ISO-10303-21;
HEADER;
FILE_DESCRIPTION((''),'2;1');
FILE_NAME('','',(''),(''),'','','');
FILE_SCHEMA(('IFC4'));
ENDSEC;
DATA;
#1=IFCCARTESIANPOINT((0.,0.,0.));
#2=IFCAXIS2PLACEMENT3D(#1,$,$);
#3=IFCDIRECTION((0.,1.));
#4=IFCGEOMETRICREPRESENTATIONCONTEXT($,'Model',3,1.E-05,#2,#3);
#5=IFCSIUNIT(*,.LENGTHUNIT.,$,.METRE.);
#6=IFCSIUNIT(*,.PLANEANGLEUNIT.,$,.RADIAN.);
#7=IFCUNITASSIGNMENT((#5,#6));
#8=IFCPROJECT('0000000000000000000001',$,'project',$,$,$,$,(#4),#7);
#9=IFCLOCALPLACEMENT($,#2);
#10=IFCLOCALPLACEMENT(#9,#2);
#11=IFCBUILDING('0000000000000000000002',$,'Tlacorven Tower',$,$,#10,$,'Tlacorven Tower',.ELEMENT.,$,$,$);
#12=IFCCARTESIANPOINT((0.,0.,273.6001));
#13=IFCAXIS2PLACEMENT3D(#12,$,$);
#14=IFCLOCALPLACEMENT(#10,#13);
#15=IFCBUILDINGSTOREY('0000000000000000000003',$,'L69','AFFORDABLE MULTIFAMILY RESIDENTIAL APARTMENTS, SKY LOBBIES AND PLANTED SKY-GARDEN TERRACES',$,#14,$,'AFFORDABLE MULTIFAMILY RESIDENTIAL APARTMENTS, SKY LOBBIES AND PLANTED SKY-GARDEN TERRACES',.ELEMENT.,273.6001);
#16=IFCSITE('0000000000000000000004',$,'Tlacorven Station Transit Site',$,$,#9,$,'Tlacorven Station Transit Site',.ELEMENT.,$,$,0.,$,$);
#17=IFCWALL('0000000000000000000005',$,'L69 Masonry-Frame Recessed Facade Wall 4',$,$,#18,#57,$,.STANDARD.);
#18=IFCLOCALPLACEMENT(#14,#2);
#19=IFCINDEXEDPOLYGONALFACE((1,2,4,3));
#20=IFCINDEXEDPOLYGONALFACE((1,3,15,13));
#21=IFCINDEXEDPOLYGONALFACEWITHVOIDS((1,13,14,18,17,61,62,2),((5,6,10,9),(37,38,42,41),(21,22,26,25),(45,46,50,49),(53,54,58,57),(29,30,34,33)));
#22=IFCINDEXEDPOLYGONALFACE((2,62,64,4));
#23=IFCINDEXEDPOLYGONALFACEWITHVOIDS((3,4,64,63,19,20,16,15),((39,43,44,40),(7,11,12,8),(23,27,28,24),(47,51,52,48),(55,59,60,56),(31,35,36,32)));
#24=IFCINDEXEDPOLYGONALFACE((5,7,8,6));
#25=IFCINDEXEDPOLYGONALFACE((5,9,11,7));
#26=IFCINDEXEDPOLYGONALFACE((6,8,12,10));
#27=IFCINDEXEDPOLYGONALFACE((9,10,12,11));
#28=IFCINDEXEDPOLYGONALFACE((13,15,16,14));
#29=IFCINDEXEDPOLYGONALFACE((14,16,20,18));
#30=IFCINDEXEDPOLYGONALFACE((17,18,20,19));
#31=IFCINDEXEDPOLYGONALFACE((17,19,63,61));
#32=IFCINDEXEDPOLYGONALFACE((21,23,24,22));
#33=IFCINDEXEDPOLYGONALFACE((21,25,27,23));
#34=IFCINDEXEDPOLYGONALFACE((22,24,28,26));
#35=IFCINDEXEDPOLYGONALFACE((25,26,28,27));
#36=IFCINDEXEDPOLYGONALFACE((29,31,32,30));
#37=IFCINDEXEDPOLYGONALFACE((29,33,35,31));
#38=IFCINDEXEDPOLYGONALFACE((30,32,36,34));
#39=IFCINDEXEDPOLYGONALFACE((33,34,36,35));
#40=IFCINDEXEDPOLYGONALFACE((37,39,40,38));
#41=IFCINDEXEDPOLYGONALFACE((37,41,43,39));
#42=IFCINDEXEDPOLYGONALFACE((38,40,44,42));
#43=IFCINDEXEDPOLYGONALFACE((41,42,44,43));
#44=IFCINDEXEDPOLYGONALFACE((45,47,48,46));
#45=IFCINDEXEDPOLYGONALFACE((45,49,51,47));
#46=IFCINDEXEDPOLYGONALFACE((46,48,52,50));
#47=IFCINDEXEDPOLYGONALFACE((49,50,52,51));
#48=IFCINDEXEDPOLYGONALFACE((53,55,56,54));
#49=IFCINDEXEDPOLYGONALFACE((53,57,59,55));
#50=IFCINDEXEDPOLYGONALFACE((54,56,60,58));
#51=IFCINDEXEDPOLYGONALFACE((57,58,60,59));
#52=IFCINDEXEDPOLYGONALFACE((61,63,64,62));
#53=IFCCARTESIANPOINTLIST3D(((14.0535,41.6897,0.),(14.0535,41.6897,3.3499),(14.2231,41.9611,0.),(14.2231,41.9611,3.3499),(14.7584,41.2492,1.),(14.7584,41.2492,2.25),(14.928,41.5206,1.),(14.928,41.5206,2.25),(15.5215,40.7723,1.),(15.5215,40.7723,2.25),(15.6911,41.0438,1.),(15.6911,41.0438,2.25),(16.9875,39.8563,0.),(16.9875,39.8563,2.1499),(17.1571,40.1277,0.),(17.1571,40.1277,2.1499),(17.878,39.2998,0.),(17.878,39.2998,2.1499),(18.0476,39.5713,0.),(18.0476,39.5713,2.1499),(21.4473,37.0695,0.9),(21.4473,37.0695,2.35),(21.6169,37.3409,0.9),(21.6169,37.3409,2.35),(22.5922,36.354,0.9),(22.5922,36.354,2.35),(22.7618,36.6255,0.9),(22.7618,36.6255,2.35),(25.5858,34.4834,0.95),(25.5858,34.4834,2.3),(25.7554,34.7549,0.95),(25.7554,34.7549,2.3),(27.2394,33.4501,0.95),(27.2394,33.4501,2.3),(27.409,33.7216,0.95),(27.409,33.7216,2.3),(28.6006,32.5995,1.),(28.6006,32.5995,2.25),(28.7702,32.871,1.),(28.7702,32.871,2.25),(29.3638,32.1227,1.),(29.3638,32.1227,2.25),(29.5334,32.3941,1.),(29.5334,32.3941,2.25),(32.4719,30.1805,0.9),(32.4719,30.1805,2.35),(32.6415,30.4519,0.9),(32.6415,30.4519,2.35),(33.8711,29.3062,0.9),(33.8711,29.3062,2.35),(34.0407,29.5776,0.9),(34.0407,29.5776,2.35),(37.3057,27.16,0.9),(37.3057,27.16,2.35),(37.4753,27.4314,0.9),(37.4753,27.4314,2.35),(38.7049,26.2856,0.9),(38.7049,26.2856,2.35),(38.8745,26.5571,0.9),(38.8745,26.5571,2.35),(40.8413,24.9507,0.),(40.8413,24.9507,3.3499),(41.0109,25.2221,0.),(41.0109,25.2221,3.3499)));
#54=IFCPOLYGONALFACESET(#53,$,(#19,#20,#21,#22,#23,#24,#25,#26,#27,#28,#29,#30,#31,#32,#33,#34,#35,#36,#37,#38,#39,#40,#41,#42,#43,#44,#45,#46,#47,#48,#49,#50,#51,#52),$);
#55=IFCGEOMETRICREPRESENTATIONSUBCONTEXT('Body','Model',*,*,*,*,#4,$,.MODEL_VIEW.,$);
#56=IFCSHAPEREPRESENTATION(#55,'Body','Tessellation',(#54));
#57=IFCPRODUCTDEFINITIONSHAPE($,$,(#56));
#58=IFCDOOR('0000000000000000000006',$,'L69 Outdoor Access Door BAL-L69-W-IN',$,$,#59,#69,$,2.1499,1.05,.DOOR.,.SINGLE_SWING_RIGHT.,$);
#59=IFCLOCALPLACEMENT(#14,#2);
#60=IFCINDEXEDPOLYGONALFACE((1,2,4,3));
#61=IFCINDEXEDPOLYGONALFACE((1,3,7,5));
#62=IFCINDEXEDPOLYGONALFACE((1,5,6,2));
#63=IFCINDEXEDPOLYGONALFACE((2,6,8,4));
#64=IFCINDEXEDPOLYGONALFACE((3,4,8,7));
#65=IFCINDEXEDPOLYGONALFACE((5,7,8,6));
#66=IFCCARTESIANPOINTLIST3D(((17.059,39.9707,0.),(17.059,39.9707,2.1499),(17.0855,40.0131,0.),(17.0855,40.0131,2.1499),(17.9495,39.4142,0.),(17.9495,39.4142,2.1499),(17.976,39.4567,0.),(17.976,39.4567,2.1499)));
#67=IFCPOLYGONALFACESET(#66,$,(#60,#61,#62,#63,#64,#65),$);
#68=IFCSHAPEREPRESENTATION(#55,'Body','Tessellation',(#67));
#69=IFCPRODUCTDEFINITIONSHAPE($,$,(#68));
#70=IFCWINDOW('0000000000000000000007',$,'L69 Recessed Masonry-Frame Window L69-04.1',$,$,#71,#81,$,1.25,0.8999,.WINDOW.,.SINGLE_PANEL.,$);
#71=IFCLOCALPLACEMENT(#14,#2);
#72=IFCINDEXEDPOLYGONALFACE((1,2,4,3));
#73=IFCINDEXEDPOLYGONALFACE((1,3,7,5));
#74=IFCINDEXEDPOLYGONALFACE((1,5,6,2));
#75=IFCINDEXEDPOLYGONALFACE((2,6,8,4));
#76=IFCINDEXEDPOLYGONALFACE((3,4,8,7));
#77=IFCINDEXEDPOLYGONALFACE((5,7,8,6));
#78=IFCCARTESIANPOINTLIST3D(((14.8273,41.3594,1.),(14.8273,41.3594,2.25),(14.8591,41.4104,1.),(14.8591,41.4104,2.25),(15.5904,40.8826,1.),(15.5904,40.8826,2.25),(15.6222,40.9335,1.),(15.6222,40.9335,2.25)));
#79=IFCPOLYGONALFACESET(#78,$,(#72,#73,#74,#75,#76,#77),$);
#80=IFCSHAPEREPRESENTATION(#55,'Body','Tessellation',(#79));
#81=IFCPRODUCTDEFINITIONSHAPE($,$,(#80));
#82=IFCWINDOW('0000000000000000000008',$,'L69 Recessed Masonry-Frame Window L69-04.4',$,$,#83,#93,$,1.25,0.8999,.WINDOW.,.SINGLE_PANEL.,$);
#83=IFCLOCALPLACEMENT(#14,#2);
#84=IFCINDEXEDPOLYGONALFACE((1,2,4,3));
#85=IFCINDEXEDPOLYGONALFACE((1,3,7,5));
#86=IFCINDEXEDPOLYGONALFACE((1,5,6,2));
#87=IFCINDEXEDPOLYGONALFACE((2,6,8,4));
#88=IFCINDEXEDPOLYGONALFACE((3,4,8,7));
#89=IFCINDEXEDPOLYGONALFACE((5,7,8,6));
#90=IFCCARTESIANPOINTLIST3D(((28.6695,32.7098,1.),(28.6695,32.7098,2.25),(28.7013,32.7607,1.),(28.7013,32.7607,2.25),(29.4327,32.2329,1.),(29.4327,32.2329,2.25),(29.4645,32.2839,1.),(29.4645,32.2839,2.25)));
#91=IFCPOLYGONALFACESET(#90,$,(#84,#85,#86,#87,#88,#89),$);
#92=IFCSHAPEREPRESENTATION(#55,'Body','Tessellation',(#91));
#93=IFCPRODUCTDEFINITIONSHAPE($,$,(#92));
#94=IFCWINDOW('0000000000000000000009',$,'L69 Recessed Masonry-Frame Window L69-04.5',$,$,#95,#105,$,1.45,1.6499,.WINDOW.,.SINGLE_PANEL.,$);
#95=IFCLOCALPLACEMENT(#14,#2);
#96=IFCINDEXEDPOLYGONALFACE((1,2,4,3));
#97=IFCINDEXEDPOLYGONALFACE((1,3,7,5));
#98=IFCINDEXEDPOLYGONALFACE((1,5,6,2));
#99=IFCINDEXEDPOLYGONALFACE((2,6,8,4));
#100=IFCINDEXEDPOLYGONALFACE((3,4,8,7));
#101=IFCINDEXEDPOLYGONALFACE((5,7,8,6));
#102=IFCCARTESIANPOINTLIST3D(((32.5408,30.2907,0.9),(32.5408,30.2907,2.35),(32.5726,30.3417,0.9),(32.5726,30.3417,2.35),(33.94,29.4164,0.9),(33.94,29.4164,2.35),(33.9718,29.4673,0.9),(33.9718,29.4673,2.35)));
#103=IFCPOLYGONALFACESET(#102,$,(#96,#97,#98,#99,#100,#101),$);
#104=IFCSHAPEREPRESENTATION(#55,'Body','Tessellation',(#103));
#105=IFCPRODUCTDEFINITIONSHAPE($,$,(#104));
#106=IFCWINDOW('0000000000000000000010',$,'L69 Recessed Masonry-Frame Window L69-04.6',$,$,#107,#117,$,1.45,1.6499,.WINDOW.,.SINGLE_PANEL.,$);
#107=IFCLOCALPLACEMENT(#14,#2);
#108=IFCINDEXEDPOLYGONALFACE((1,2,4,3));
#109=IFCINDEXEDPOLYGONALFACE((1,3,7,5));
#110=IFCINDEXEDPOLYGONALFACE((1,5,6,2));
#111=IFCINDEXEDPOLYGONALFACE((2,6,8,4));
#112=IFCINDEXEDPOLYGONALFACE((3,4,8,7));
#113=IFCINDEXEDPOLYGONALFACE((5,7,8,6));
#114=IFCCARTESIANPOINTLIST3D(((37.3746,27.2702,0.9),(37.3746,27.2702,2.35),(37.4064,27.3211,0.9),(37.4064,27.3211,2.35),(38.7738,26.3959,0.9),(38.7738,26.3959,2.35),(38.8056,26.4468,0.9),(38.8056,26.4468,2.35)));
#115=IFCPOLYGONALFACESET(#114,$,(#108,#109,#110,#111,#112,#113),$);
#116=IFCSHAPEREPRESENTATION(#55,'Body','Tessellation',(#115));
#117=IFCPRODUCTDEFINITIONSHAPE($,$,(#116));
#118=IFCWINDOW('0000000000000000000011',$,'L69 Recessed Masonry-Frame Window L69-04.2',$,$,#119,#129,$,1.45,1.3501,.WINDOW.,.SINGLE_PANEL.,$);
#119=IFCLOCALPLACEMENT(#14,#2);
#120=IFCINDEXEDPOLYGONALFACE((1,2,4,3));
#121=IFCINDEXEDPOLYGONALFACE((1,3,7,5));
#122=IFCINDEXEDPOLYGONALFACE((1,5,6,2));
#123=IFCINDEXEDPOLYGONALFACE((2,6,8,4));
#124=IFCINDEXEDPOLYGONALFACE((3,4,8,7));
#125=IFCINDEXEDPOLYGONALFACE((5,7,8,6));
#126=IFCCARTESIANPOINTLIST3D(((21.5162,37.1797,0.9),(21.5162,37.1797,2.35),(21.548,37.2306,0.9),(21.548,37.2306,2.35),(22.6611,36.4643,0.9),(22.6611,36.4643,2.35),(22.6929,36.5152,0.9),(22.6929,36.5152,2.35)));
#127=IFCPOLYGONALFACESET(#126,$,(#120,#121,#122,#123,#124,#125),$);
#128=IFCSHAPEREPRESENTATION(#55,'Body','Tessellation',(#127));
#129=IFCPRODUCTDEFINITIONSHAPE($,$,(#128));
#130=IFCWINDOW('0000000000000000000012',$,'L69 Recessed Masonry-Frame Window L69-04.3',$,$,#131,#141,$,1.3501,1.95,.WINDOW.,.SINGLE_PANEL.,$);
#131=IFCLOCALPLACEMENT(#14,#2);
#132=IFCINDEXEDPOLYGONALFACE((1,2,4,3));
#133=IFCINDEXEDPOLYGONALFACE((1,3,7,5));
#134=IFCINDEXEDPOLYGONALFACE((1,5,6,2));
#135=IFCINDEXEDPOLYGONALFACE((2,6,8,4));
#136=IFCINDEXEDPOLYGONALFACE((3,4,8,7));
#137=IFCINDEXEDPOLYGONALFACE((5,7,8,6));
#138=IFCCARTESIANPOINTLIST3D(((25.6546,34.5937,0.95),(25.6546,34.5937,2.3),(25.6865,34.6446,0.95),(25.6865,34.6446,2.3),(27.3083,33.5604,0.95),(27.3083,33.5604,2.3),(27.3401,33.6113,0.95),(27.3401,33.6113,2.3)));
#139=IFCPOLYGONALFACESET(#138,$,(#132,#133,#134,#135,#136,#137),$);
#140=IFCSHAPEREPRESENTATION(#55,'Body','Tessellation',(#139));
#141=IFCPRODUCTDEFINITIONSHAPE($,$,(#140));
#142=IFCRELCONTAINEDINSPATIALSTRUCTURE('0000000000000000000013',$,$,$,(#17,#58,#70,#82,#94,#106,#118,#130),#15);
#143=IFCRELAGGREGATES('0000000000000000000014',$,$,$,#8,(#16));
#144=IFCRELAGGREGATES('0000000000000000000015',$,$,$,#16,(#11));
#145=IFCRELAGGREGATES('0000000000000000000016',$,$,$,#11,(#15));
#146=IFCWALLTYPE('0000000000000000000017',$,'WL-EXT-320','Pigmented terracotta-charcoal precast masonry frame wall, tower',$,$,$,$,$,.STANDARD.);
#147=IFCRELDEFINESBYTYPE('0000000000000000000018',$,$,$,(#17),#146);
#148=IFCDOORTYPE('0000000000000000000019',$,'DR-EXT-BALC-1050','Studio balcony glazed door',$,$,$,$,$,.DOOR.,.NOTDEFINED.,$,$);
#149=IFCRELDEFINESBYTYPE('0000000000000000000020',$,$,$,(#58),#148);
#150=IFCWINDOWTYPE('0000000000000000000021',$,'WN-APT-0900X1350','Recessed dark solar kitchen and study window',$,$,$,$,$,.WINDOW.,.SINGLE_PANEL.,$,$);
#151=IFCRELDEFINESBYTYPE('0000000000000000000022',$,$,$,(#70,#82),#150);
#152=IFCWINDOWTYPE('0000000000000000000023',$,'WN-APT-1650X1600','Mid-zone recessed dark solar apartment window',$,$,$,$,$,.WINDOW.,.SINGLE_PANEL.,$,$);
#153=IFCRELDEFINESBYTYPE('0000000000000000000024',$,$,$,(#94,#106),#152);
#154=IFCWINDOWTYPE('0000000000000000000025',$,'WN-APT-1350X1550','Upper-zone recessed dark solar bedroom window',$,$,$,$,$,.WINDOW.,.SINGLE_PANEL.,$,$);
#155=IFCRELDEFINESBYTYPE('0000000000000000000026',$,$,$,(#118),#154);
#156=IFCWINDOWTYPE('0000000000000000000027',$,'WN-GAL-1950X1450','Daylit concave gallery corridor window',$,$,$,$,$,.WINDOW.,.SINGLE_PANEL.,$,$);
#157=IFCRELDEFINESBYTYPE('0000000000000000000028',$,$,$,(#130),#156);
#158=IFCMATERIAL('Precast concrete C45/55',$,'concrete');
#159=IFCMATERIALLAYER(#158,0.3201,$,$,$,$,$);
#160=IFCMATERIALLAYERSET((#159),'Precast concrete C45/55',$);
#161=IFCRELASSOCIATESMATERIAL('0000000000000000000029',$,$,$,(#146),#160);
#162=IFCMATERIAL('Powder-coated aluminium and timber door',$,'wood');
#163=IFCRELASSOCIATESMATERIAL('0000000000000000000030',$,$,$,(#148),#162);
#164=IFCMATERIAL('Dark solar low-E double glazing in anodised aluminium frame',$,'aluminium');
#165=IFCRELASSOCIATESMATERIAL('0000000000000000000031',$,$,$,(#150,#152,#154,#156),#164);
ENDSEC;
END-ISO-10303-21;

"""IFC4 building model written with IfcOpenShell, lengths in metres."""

from ifc_helpers import new_model, si_unit, direction, frame, frame_2d, origin, place, context, subcontext, project, spatial, rectangle, extrude, source, transform, mapped, material, layer, layer_set, type_object, element, fill, save


model = new_model("IFC4")

# Units and contexts
model_context = context("Model", 3, precision=1e-05, world=origin(), true_north=direction((0.0, 1.0)))
body_context = subcontext(model_context, "Body", "Model", "MODEL_VIEW")
ifc_project = project(units=[si_unit("LENGTHUNIT", "METRE"), si_unit("PLANEANGLEUNIT", "RADIAN")], contexts=[model_context])

# Site, building, storey
site_placement = place(None, origin())
site = spatial("IfcSite", under=ifc_project, at=site_placement, Name="Tlacorven Station Transit Site", LongName="Tlacorven Station Transit Site", CompositionType="ELEMENT", RefElevation=0.0)
building_placement = place(site_placement, origin())
building = spatial("IfcBuilding", under=site, at=building_placement, Name="Tlacorven Tower", LongName="Tlacorven Tower", CompositionType="ELEMENT")
storey_placement = place(building_placement, frame((0.0, 0.0, 273.6001)))
storey = spatial("IfcBuildingStorey", under=building, at=storey_placement, Name="L69", Description="AFFORDABLE MULTIFAMILY RESIDENTIAL APARTMENTS, SKY LOBBIES AND PLANTED SKY-GARDEN TERRACES", LongName="AFFORDABLE MULTIFAMILY RESIDENTIAL APARTMENTS, SKY LOBBIES AND PLANTED SKY-GARDEN TERRACES", CompositionType="ELEMENT", Elevation=273.6001)

# Wall, openings, door, windows
ifc_material_1 = material(Name="Precast concrete C45/55", Category="concrete")
ifc_layer_1 = layer(ifc_material_1, 0.3201)
ifc_layer_set_1 = layer_set([ifc_layer_1], Name="Precast concrete C45/55")
wall_type_1 = type_object("IfcWallType", Name="WL-EXT-320", Description="Pigmented terracotta-charcoal precast masonry frame wall, tower", PredefinedType="STANDARD", material=ifc_layer_set_1)
wall_1_placement = place(storey_placement, frame((14.1382, 41.8254, 0.0), z_axis=(0.0, 0.0, 1.0), x_axis=(0.848046, -0.529922, 0.0)))
wall_1 = element("IfcWall", 1, at=wall_1_placement, inside=storey, type_object=wall_type_1, Name="L69 Masonry-Frame Recessed Facade Wall 4", PredefinedType="STANDARD", context=body_context, shape_type="SweptSolid", body=[
    extrude(rectangle(XDim=31.5876, YDim=0.3201, at=frame_2d((15.7939, 0.0))), origin(), (0.0, 0.0, 1.0), 3.3499),
])
opening_1_placement = place(wall_1_placement, frame((3.46, 0.0, 0.0)))
opening_1 = element("IfcOpeningElement", 2, at=opening_1_placement, cuts=wall_1, PredefinedType="OPENING", context=body_context, shape_type="SweptSolid", body=[
    extrude(rectangle(XDim=1.05, YDim=2.1499, at=frame_2d((0.5249, 1.075))), frame((0.0, 0.1699, 0.0), z_axis=(0.0, -1.0, 0.0), x_axis=(1.0, 0.0, 0.0)), (0.0, 0.0, 1.0), 0.3401),
])
opening_2_placement = place(wall_1_placement, frame((0.8313, 0.0, 1.0)))
opening_2 = element("IfcOpeningElement", 3, at=opening_2_placement, cuts=wall_1, PredefinedType="OPENING", context=body_context, shape_type="SweptSolid", body=[
    extrude(rectangle(XDim=0.8999, YDim=1.25, at=frame_2d((0.45, 0.625))), frame((0.0, 0.1699, 0.0), z_axis=(0.0, -1.0, 0.0), x_axis=(1.0, 0.0, 0.0)), (0.0, 0.0, 1.0), 0.3401),
])
opening_3_placement = place(wall_1_placement, frame((8.7188, 0.0, 0.8999)))
opening_3 = element("IfcOpeningElement", 4, at=opening_3_placement, cuts=wall_1, PredefinedType="OPENING", context=body_context, shape_type="SweptSolid", body=[
    extrude(rectangle(XDim=1.3501, YDim=1.45, at=frame_2d((0.675, 0.7251))), frame((0.0, 0.1699, 0.0), z_axis=(0.0, -1.0, 0.0), x_axis=(1.0, 0.0, 0.0)), (0.0, 0.0, 1.0), 0.3401),
])
opening_4_placement = place(wall_1_placement, frame((13.5986, 0.0, 0.95)))
opening_4 = element("IfcOpeningElement", 5, at=opening_4_placement, cuts=wall_1, PredefinedType="OPENING", context=body_context, shape_type="SweptSolid", body=[
    extrude(rectangle(XDim=1.95, YDim=1.3501, at=frame_2d((0.9751, 0.675))), frame((0.0, 0.1699, 0.0), z_axis=(0.0, -1.0, 0.0), x_axis=(1.0, 0.0, 0.0)), (0.0, 0.0, 1.0), 0.3401),
])
opening_5_placement = place(wall_1_placement, frame((17.1538, 0.0, 1.0)))
opening_5 = element("IfcOpeningElement", 6, at=opening_5_placement, cuts=wall_1, PredefinedType="OPENING", context=body_context, shape_type="SweptSolid", body=[
    extrude(rectangle(XDim=0.8999, YDim=1.25, at=frame_2d((0.45, 0.625))), frame((0.0, 0.1699, 0.0), z_axis=(0.0, -1.0, 0.0), x_axis=(1.0, 0.0, 0.0)), (0.0, 0.0, 1.0), 0.3401),
])
opening_6_placement = place(wall_1_placement, frame((21.7188, 0.0, 0.8999)))
opening_6 = element("IfcOpeningElement", 7, at=opening_6_placement, cuts=wall_1, PredefinedType="OPENING", context=body_context, shape_type="SweptSolid", body=[
    extrude(rectangle(XDim=1.6499, YDim=1.45, at=frame_2d((0.825, 0.7251))), frame((0.0, 0.1699, 0.0), z_axis=(0.0, -1.0, 0.0), x_axis=(1.0, 0.0, 0.0)), (0.0, 0.0, 1.0), 0.3401),
])
opening_7_placement = place(wall_1_placement, frame((27.4187, 0.0, 0.8999)))
opening_7 = element("IfcOpeningElement", 8, at=opening_7_placement, cuts=wall_1, PredefinedType="OPENING", context=body_context, shape_type="SweptSolid", body=[
    extrude(rectangle(XDim=1.6499, YDim=1.45, at=frame_2d((0.825, 0.7251))), frame((0.0, 0.1699, 0.0), z_axis=(0.0, -1.0, 0.0), x_axis=(1.0, 0.0, 0.0)), (0.0, 0.0, 1.0), 0.3401),
])
ifc_material_2 = material(Name="Powder-coated aluminium and timber door", Category="wood")
door_type_1 = type_object("IfcDoorType", Name="DR-EXT-BALC-1050", Description="Studio balcony glazed door", OperationType="NOTDEFINED", PredefinedType="DOOR", material=ifc_material_2)
shared_shape_1 = source(origin(), body_context, "Body", "SweptSolid", [
    extrude(rectangle(XDim=1.05, YDim=2.1499, at=frame_2d((0.5249, 1.075))), frame((0.0, 0.0249, 0.0), z_axis=(0.0, -1.0, 0.0), x_axis=(1.0, 0.0, 0.0)), (0.0, 0.0, 1.0), 0.05),
])
door_1_placement = place(opening_1_placement, origin())
door_1 = element("IfcDoor", 9, at=door_1_placement, inside=storey, type_object=door_type_1, Name="L69 Outdoor Access Door BAL-L69-W-IN", OperationType="SINGLE_SWING_RIGHT", OverallHeight=2.1499, OverallWidth=1.05, PredefinedType="DOOR", context=body_context, shape_type="MappedRepresentation", body=[
    mapped(shared_shape_1, transform((0.0, 0.0, 0.0), scale=1.0)),
])
fill(opening_1, door_1)
ifc_material_3 = material(Name="Dark solar low-E double glazing in anodised aluminium frame", Category="aluminium")
window_type_1 = type_object("IfcWindowType", Name="WN-APT-0900X1350", Description="Recessed dark solar kitchen and study window", PartitioningType="SINGLE_PANEL", PredefinedType="WINDOW", material=ifc_material_3)
shared_shape_2 = source(origin(), body_context, "Body", "SweptSolid", [
    extrude(rectangle(XDim=0.8999, YDim=1.25, at=frame_2d((0.45, 0.625))), frame((0.0, 0.03, 0.0), z_axis=(0.0, -1.0, 0.0), x_axis=(1.0, 0.0, 0.0)), (0.0, 0.0, 1.0), 0.0601),
])
window_1_placement = place(opening_2_placement, origin())
window_1 = element("IfcWindow", 10, at=window_1_placement, inside=storey, type_object=window_type_1, Name="L69 Recessed Masonry-Frame Window L69-04.1", OverallHeight=1.25, OverallWidth=0.8999, PartitioningType="SINGLE_PANEL", PredefinedType="WINDOW", context=body_context, shape_type="MappedRepresentation", body=[
    mapped(shared_shape_2, transform((0.0, 0.0, 0.0), scale=1.0)),
])
fill(opening_2, window_1)
window_2_placement = place(opening_5_placement, origin())
window_2 = element("IfcWindow", 11, at=window_2_placement, inside=storey, type_object=window_type_1, Name="L69 Recessed Masonry-Frame Window L69-04.4", OverallHeight=1.25, OverallWidth=0.8999, PartitioningType="SINGLE_PANEL", PredefinedType="WINDOW", context=body_context, shape_type="MappedRepresentation", body=[
    mapped(shared_shape_2, transform((0.0, 0.0, 0.0), scale=1.0)),
])
fill(opening_5, window_2)
window_type_2 = type_object("IfcWindowType", Name="WN-APT-1650X1600", Description="Mid-zone recessed dark solar apartment window", PartitioningType="SINGLE_PANEL", PredefinedType="WINDOW", material=ifc_material_3)
shared_shape_3 = source(origin(), body_context, "Body", "SweptSolid", [
    extrude(rectangle(XDim=1.6499, YDim=1.45, at=frame_2d((0.825, 0.7251))), frame((0.0, 0.03, 0.0), z_axis=(0.0, -1.0, 0.0), x_axis=(1.0, 0.0, 0.0)), (0.0, 0.0, 1.0), 0.0601),
])
window_3_placement = place(opening_6_placement, origin())
window_3 = element("IfcWindow", 12, at=window_3_placement, inside=storey, type_object=window_type_2, Name="L69 Recessed Masonry-Frame Window L69-04.5", OverallHeight=1.45, OverallWidth=1.6499, PartitioningType="SINGLE_PANEL", PredefinedType="WINDOW", context=body_context, shape_type="MappedRepresentation", body=[
    mapped(shared_shape_3, transform((0.0, 0.0, 0.0), scale=1.0)),
])
fill(opening_6, window_3)
window_4_placement = place(opening_7_placement, origin())
window_4 = element("IfcWindow", 13, at=window_4_placement, inside=storey, type_object=window_type_2, Name="L69 Recessed Masonry-Frame Window L69-04.6", OverallHeight=1.45, OverallWidth=1.6499, PartitioningType="SINGLE_PANEL", PredefinedType="WINDOW", context=body_context, shape_type="MappedRepresentation", body=[
    mapped(shared_shape_3, transform((0.0, 0.0, 0.0), scale=1.0)),
])
fill(opening_7, window_4)
window_type_3 = type_object("IfcWindowType", Name="WN-APT-1350X1550", Description="Upper-zone recessed dark solar bedroom window", PartitioningType="SINGLE_PANEL", PredefinedType="WINDOW", material=ifc_material_3)
shared_shape_4 = source(origin(), body_context, "Body", "SweptSolid", [
    extrude(rectangle(XDim=1.3501, YDim=1.45, at=frame_2d((0.675, 0.7251))), frame((0.0, 0.03, 0.0), z_axis=(0.0, -1.0, 0.0), x_axis=(1.0, 0.0, 0.0)), (0.0, 0.0, 1.0), 0.0601),
])
window_5_placement = place(opening_3_placement, origin())
window_5 = element("IfcWindow", 14, at=window_5_placement, inside=storey, type_object=window_type_3, Name="L69 Recessed Masonry-Frame Window L69-04.2", OverallHeight=1.45, OverallWidth=1.3501, PartitioningType="SINGLE_PANEL", PredefinedType="WINDOW", context=body_context, shape_type="MappedRepresentation", body=[
    mapped(shared_shape_4, transform((0.0, 0.0, 0.0), scale=1.0)),
])
fill(opening_3, window_5)
window_type_4 = type_object("IfcWindowType", Name="WN-GAL-1950X1450", Description="Daylit concave gallery corridor window", PartitioningType="SINGLE_PANEL", PredefinedType="WINDOW", material=ifc_material_3)
shared_shape_5 = source(origin(), body_context, "Body", "SweptSolid", [
    extrude(rectangle(XDim=1.95, YDim=1.3501, at=frame_2d((0.9751, 0.675))), frame((0.0, 0.03, 0.0), z_axis=(0.0, -1.0, 0.0), x_axis=(1.0, 0.0, 0.0)), (0.0, 0.0, 1.0), 0.0601),
])
window_6_placement = place(opening_4_placement, origin())
window_6 = element("IfcWindow", 15, at=window_6_placement, inside=storey, type_object=window_type_4, Name="L69 Recessed Masonry-Frame Window L69-04.3", OverallHeight=1.3501, OverallWidth=1.95, PartitioningType="SINGLE_PANEL", PredefinedType="WINDOW", context=body_context, shape_type="MappedRepresentation", body=[
    mapped(shared_shape_5, transform((0.0, 0.0, 0.0), scale=1.0)),
])
fill(opening_4, window_6)

save(model, "model.ifc")
